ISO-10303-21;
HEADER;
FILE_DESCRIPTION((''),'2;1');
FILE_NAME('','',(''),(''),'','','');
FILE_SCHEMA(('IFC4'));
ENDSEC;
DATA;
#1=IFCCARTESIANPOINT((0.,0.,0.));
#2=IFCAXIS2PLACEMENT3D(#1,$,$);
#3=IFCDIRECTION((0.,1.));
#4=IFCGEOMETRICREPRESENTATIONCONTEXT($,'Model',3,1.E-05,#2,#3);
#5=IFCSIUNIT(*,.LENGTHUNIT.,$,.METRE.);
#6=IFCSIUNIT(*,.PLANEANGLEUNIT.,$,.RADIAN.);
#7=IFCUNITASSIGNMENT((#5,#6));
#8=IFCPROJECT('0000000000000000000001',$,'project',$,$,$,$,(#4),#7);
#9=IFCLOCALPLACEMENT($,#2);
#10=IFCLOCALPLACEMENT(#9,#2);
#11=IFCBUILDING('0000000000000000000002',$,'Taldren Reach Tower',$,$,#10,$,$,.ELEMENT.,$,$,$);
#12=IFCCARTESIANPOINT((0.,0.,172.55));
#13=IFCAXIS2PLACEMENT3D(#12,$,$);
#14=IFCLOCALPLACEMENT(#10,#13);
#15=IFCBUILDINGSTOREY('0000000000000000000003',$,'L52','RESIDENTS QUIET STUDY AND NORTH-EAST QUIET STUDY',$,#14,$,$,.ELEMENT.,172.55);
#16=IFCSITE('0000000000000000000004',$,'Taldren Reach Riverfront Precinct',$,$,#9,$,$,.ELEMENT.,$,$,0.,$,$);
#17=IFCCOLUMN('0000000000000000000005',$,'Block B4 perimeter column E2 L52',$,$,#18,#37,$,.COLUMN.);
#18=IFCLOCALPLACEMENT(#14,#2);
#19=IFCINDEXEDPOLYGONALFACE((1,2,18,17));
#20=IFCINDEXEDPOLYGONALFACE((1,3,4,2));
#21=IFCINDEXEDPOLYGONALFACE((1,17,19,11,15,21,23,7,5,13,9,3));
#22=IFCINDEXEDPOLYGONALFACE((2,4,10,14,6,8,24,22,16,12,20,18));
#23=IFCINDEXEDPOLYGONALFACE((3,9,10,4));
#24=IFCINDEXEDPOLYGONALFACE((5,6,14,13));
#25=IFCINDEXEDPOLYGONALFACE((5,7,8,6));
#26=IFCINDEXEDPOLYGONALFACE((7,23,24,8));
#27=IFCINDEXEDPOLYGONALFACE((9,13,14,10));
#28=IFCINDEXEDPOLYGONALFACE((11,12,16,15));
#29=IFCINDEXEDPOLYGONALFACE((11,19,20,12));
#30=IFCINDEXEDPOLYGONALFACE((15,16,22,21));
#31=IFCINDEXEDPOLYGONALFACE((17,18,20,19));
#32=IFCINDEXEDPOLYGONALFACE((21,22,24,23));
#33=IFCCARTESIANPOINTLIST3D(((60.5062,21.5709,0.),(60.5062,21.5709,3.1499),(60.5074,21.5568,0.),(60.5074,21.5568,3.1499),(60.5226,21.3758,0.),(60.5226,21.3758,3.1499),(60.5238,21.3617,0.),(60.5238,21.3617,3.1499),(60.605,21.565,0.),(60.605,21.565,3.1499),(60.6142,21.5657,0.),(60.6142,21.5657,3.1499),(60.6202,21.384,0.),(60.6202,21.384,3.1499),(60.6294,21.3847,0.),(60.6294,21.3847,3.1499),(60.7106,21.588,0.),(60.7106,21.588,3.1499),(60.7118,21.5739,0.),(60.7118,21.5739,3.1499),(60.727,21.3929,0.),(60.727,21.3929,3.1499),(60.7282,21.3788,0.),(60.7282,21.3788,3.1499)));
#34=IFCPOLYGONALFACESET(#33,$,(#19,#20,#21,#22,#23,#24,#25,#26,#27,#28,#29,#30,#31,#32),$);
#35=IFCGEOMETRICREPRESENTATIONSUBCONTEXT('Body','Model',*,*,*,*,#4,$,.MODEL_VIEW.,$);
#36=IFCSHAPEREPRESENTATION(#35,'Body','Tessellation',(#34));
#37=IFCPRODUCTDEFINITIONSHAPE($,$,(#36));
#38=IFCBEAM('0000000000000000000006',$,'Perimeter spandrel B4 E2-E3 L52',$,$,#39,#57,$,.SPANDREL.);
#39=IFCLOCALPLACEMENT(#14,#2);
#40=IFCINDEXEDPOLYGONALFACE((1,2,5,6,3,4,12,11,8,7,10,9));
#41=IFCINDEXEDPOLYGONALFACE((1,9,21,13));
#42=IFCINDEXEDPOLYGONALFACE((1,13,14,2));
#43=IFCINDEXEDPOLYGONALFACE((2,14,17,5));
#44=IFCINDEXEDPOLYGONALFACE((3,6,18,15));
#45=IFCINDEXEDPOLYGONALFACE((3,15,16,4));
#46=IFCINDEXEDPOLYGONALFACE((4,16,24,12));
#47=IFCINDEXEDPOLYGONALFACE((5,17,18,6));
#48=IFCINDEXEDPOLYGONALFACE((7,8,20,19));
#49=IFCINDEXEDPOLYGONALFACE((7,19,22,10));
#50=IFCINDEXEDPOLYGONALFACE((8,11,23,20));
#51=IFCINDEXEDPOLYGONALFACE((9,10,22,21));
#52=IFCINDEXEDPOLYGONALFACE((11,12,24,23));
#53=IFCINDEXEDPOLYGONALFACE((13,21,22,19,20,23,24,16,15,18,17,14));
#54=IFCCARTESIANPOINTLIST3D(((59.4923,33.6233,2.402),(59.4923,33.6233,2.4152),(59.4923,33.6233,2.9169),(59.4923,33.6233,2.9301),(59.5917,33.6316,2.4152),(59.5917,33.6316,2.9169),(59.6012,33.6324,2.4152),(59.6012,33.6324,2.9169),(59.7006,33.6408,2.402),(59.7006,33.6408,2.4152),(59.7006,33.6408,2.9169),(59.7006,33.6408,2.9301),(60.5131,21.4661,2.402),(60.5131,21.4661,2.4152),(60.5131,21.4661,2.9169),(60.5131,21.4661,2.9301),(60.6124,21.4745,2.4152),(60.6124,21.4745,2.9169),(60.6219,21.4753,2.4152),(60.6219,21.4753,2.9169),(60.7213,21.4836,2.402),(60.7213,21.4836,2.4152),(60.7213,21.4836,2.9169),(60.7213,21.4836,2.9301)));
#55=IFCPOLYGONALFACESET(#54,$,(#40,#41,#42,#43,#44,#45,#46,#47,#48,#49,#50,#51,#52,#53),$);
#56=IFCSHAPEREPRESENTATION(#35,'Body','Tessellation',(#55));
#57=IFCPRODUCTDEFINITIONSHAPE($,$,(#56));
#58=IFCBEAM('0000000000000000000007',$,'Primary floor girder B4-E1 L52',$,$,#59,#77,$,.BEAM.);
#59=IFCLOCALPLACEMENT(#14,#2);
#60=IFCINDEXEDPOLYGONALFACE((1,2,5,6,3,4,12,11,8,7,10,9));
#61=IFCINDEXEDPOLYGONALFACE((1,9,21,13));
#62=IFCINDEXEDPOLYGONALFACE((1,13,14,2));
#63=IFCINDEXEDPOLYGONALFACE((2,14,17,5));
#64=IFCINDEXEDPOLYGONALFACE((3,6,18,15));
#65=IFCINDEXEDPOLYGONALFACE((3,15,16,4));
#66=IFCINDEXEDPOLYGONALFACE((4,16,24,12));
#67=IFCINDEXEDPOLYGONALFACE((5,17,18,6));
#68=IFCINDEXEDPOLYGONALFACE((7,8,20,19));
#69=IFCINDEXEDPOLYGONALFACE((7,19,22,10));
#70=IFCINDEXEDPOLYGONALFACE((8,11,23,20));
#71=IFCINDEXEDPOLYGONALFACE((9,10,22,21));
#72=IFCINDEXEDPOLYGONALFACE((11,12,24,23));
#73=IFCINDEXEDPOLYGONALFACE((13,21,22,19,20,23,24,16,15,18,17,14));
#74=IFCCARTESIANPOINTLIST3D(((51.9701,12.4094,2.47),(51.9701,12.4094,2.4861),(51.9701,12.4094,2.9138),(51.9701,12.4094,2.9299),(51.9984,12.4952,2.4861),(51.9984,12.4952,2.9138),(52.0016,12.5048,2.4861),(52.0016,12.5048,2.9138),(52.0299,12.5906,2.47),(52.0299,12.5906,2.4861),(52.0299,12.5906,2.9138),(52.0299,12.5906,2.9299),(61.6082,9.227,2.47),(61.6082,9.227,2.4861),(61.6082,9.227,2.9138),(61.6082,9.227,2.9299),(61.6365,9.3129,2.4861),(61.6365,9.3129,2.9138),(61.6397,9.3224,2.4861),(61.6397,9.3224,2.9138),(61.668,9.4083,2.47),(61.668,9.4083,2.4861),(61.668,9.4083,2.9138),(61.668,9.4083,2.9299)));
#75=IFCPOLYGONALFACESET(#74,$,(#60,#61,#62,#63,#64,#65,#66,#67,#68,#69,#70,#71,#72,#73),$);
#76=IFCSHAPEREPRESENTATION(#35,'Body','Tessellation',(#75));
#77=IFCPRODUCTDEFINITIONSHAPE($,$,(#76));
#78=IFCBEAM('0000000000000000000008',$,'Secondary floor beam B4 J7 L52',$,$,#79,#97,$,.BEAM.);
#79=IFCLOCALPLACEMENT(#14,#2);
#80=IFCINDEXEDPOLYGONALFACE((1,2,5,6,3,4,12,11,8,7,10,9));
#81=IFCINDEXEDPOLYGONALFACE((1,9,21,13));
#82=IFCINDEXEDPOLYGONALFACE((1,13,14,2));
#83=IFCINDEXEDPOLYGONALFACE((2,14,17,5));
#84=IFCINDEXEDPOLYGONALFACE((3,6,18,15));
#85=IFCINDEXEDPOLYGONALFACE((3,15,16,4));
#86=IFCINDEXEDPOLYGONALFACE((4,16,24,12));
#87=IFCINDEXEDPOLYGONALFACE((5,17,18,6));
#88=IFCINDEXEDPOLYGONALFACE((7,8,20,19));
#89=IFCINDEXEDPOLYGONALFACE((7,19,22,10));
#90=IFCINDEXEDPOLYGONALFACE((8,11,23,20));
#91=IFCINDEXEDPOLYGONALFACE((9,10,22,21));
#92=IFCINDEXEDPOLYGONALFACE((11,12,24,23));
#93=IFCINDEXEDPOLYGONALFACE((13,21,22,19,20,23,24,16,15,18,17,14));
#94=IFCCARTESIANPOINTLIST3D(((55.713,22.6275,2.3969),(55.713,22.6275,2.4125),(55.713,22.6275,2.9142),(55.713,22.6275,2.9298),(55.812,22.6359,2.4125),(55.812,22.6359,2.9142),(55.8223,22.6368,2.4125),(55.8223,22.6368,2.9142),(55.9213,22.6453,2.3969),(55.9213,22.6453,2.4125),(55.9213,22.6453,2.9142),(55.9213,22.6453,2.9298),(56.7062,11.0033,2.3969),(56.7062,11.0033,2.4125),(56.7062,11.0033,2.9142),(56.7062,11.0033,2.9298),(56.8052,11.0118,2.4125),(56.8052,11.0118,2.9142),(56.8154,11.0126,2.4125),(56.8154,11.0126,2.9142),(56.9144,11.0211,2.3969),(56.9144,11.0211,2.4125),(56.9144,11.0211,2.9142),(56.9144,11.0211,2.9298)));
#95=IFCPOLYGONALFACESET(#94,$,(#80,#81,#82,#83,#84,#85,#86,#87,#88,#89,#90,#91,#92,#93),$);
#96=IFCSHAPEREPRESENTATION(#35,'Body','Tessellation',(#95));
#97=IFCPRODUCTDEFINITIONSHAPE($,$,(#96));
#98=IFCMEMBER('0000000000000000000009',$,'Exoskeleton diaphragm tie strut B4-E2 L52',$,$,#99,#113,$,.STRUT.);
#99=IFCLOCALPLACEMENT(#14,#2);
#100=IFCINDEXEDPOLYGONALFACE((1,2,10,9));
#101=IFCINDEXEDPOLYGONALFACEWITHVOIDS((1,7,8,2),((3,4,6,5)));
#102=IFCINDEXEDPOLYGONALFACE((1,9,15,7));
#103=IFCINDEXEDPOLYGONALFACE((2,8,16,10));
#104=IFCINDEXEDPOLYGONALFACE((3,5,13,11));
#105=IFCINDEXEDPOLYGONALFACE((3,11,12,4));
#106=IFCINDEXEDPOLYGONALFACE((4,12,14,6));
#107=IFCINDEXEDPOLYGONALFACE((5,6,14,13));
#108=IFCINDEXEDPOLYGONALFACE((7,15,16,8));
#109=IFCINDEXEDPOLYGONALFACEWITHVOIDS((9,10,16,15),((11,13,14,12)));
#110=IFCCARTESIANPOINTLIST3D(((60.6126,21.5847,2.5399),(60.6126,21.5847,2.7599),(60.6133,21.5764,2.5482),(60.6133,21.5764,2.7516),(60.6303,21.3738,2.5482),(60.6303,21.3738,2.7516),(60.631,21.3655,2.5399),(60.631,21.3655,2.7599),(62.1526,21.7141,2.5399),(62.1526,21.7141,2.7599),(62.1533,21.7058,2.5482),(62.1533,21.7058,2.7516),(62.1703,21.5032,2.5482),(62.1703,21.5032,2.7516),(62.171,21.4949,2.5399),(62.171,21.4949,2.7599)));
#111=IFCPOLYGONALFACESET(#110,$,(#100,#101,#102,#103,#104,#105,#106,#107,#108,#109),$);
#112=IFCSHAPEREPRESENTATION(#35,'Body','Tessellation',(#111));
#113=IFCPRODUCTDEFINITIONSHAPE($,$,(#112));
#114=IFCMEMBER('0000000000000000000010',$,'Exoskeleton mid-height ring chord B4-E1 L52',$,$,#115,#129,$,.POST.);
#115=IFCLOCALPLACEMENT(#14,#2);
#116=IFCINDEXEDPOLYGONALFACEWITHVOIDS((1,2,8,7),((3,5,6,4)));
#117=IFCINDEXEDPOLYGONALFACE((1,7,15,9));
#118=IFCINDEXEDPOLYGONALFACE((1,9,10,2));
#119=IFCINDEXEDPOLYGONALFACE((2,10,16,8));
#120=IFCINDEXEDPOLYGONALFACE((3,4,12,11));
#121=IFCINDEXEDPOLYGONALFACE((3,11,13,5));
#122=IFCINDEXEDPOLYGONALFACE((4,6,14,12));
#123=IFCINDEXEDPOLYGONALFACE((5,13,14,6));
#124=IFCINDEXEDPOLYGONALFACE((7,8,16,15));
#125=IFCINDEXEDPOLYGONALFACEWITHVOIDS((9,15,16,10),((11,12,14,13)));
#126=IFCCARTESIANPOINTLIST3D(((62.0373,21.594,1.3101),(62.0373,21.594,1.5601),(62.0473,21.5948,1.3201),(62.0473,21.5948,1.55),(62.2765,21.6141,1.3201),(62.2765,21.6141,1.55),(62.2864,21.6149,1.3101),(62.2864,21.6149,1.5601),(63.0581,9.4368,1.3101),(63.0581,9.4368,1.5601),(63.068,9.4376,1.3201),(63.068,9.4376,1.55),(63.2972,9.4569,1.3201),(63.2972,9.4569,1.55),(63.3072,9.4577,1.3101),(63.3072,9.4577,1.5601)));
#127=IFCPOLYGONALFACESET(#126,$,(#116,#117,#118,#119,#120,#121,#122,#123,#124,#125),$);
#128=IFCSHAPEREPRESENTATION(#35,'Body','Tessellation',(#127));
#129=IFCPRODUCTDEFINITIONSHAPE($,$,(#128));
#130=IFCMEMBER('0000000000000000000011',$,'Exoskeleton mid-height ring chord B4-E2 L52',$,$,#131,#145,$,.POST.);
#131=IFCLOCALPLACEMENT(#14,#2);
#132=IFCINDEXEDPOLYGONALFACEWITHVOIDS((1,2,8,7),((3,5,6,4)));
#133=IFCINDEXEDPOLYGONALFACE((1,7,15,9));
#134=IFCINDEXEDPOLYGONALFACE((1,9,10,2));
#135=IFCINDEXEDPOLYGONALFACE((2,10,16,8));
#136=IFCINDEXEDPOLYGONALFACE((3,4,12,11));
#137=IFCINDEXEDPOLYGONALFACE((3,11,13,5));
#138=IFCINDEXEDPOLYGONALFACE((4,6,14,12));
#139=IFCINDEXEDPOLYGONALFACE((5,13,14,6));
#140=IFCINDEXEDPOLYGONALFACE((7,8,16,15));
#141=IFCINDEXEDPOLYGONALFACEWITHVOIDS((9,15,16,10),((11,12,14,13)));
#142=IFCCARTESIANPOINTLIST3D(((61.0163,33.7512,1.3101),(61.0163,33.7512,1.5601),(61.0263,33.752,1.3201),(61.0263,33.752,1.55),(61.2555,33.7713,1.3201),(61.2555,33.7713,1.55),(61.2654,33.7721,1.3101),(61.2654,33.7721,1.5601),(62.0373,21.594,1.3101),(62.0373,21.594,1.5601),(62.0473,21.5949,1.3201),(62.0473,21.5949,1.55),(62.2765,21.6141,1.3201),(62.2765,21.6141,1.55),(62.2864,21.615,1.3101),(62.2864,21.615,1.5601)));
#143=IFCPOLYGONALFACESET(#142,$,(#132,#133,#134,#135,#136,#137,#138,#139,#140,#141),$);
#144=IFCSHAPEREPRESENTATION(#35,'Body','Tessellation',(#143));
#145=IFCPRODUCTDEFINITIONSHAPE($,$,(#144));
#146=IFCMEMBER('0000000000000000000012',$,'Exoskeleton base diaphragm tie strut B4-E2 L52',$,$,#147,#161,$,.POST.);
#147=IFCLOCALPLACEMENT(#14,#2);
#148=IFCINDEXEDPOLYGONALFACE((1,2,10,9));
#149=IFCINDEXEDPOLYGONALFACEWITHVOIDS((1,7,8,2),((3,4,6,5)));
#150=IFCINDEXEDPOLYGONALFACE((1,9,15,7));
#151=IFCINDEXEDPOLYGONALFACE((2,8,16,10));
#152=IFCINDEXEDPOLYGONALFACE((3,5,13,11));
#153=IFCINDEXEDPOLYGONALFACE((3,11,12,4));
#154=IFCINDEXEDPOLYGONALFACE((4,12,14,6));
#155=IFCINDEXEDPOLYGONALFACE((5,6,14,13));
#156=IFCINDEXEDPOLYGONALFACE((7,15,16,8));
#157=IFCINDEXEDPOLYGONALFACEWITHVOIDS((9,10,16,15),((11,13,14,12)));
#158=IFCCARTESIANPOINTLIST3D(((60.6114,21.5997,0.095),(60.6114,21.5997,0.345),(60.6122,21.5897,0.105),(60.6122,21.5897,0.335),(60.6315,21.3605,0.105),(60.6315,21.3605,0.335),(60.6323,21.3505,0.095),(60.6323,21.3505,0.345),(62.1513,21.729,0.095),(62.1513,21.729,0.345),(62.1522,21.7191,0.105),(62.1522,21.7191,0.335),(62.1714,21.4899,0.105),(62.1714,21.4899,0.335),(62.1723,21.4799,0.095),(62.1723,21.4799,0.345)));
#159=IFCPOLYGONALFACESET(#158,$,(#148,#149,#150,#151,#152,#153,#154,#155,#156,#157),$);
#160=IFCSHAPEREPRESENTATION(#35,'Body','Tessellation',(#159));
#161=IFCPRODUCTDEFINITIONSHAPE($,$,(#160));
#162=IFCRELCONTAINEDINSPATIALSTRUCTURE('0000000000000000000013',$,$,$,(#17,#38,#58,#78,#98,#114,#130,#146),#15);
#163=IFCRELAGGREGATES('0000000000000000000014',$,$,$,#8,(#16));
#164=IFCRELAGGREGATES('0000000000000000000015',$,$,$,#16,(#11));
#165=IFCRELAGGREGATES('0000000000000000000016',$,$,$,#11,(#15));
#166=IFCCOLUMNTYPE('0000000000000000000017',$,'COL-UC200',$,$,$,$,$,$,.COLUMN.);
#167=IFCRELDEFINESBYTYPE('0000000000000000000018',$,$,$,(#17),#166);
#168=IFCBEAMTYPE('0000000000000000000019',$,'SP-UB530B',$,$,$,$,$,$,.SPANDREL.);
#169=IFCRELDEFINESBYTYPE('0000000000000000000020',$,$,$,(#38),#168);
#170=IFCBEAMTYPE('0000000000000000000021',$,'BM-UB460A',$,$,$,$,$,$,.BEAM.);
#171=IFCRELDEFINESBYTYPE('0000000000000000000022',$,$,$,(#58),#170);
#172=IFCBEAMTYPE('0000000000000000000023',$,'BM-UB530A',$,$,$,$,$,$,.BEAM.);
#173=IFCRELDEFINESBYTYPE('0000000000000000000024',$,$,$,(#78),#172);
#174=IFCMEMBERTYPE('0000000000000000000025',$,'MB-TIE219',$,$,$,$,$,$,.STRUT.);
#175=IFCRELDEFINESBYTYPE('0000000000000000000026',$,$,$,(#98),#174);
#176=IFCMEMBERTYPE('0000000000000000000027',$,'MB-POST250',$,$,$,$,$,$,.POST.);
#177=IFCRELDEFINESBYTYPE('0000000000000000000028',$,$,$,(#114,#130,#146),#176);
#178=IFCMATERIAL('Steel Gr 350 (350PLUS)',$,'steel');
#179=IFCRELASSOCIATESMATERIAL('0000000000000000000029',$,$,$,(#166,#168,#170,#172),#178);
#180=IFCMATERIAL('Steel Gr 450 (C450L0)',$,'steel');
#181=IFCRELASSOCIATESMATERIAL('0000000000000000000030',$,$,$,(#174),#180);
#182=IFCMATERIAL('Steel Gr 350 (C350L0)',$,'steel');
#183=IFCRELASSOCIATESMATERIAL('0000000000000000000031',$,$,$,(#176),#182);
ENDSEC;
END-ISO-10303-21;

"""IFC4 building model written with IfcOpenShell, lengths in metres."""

from ifc_helpers import new_model, si_unit, direction, frame, origin, origin_2d, place, context, subcontext, project, spatial, hollow_rectangle, i_section, extrude, source, transform, mapped, material, material_profile, profile_set, type_object, element, save


model = new_model("IFC4")

# Units and contexts
model_context = context("Model", 3, precision=1e-05, world=origin(), true_north=direction((0.0, 1.0)))
body_context = subcontext(model_context, "Body", "Model", "MODEL_VIEW")
ifc_project = project(units=[si_unit("LENGTHUNIT", "METRE"), si_unit("PLANEANGLEUNIT", "RADIAN")], contexts=[model_context])

# Site, building, storey
site_placement = place(None, origin())
site = spatial("IfcSite", under=ifc_project, at=site_placement, Name="Taldren Reach Riverfront Precinct", CompositionType="ELEMENT", RefElevation=0.0)
building_placement = place(site_placement, origin())
building = spatial("IfcBuilding", under=site, at=building_placement, Name="Taldren Reach Tower", CompositionType="ELEMENT")
storey_placement = place(building_placement, frame((0.0, 0.0, 172.55)))
storey = spatial("IfcBuildingStorey", under=building, at=storey_placement, Name="L52", Description="RESIDENTS QUIET STUDY AND NORTH-EAST QUIET STUDY", CompositionType="ELEMENT", Elevation=172.55)

# Column
ifc_material_1 = material(Name="Steel Gr 350 (350PLUS)", Category="steel")
ifc_material_profile_1 = material_profile(ifc_material_1, i_section(OverallWidth=0.2051, OverallDepth=0.21, WebThickness=0.0093, FlangeThickness=0.0142, at=origin_2d()), Name="200UC59.5")
ifc_profile_set_1 = profile_set([ifc_material_profile_1], Name="Steel Gr 350 (350PLUS)")
column_type = type_object("IfcColumnType", Name="COL-UC200", PredefinedType="COLUMN", material=ifc_profile_set_1)
shared_shape_1 = source(origin(), body_context, "Body", "SweptSolid", [
    extrude(i_section(OverallWidth=0.2051, OverallDepth=0.21, WebThickness=0.0093, FlangeThickness=0.0142, at=origin_2d()), origin(), (0.0, 0.0, 1.0), 3.1499),
])
column_placement = place(storey_placement, frame((60.6172, 21.4749, 0.0), z_axis=(0.0, 0.0, 1.0), x_axis=(0.996493, 0.083678, 0.0)))
element("IfcColumn", 1, at=column_placement, inside=storey, type_object=column_type, Name="Block B4 perimeter column E2 L52", PredefinedType="COLUMN", context=body_context, shape_type="MappedRepresentation", body=[
    mapped(shared_shape_1, transform((0.0, 0.0, 0.0), scale=1.0)),
])

# Beams
ifc_material_profile_2 = material_profile(ifc_material_1, i_section(OverallWidth=0.209, OverallDepth=0.5281, WebThickness=0.0095, FlangeThickness=0.0132, at=origin_2d()), Name="530UB82.0")
ifc_profile_set_2 = profile_set([ifc_material_profile_2], Name="Steel Gr 350 (350PLUS)")
beam_type_1 = type_object("IfcBeamType", Name="SP-UB530B", PredefinedType="SPANDREL", material=ifc_profile_set_2)
shared_shape_2 = source(origin(), body_context, "Body", "SweptSolid", [
    extrude(i_section(OverallWidth=0.209, OverallDepth=0.5281, WebThickness=0.0095, FlangeThickness=0.0132, at=origin_2d()), origin(), (0.0, 0.0, 1.0), 12.2),
])
beam_1_placement = place(storey_placement, frame((60.6172, 21.4749, 2.666), z_axis=(-0.083668, 0.996494, 0.0), x_axis=(-0.996494, -0.083668, 0.0)))
element("IfcBeam", 2, at=beam_1_placement, inside=storey, type_object=beam_type_1, Name="Perimeter spandrel B4 E2-E3 L52", PredefinedType="SPANDREL", context=body_context, shape_type="MappedRepresentation", body=[
    mapped(shared_shape_2, transform((0.0, 0.0, 0.0), scale=1.0)),
])
ifc_material_profile_3 = material_profile(ifc_material_1, i_section(OverallWidth=0.1909, OverallDepth=0.46, WebThickness=0.01, FlangeThickness=0.0161, at=origin_2d()), Name="460UB82.1")
ifc_profile_set_3 = profile_set([ifc_material_profile_3], Name="Steel Gr 350 (350PLUS)")
beam_type_2 = type_object("IfcBeamType", Name="BM-UB460A", PredefinedType="BEAM", material=ifc_profile_set_3)
shared_shape_3 = source(origin(), body_context, "Body", "SweptSolid", [
    extrude(i_section(OverallWidth=0.1909, OverallDepth=0.46, WebThickness=0.01, FlangeThickness=0.0161, at=origin_2d()), origin(), (0.0, 0.0, 1.0), 10.1499),
])
beam_2_placement = place(storey_placement, frame((52.0, 12.5, 2.7), z_axis=(0.949577, -0.313535, 0.0), x_axis=(0.313535, 0.949577, 0.0)))
element("IfcBeam", 3, at=beam_2_placement, inside=storey, type_object=beam_type_2, Name="Primary floor girder B4-E1 L52", PredefinedType="BEAM", context=body_context, shape_type="MappedRepresentation", body=[
    mapped(shared_shape_3, transform((0.0, 0.0, 0.0), scale=1.0)),
])
ifc_material_profile_4 = material_profile(ifc_material_1, i_section(OverallWidth=0.209, OverallDepth=0.533, WebThickness=0.0103, FlangeThickness=0.0156, at=origin_2d()), Name="530UB92.4")
ifc_profile_set_4 = profile_set([ifc_material_profile_4], Name="Steel Gr 350 (350PLUS)")
beam_type_3 = type_object("IfcBeamType", Name="BM-UB530A", PredefinedType="BEAM", material=ifc_profile_set_4)
shared_shape_4 = source(origin(), body_context, "Body", "SweptSolid", [
    extrude(i_section(OverallWidth=0.209, OverallDepth=0.533, WebThickness=0.0103, FlangeThickness=0.0156, at=origin_2d()), origin(), (0.0, 0.0, 1.0), 11.6665),
])
beam_3_placement = place(storey_placement, frame((56.8103, 11.0122, 2.6633), z_axis=(-0.085129, 0.99637, 0.0), x_axis=(-0.99637, -0.085129, 0.0)))
element("IfcBeam", 4, at=beam_3_placement, inside=storey, type_object=beam_type_3, Name="Secondary floor beam B4 J7 L52", PredefinedType="BEAM", context=body_context, shape_type="MappedRepresentation", body=[
    mapped(shared_shape_4, transform((0.0, 0.0, 0.0), scale=1.0)),
])

# Members
ifc_material_2 = material(Name="Steel Gr 450 (C450L0)", Category="steel")
ifc_material_profile_5 = material_profile(ifc_material_2, hollow_rectangle(XDim=0.22, YDim=0.22, WallThickness=0.0083, at=origin_2d()), Name="220x220x8.2SHS")
ifc_profile_set_5 = profile_set([ifc_material_profile_5], Name="Steel Gr 450 (C450L0)")
member_type_1 = type_object("IfcMemberType", Name="MB-TIE219", PredefinedType="STRUT", material=ifc_profile_set_5)
shared_shape_5 = source(origin(), body_context, "Body", "SweptSolid", [
    extrude(hollow_rectangle(XDim=0.22, YDim=0.22, WallThickness=0.0083, at=origin_2d()), origin(), (0.0, 0.0, 1.0), 1.5454),
])
member_1_placement = place(storey_placement, frame((60.6218, 21.4751, 2.6499), z_axis=(0.996489, 0.083725, 0.0), x_axis=(-0.083725, 0.996489, 0.0)))
element("IfcMember", 5, at=member_1_placement, inside=storey, type_object=member_type_1, Name="Exoskeleton diaphragm tie strut B4-E2 L52", PredefinedType="STRUT", context=body_context, shape_type="MappedRepresentation", body=[
    mapped(shared_shape_5, transform((0.0, 0.0, 0.0), scale=1.0)),
])
ifc_material_3 = material(Name="Steel Gr 350 (C350L0)", Category="steel")
ifc_material_profile_6 = material_profile(ifc_material_3, hollow_rectangle(XDim=0.25, YDim=0.25, WallThickness=0.01, at=origin_2d()), Name="250x250x10.0SHS")
ifc_profile_set_6 = profile_set([ifc_material_profile_6], Name="Steel Gr 350 (C350L0)")
member_type_2 = type_object("IfcMemberType", Name="MB-POST250", PredefinedType="POST", material=ifc_profile_set_6)
shared_shape_6 = source(origin(), body_context, "Body", "SweptSolid", [
    extrude(hollow_rectangle(XDim=0.25, YDim=0.25, WallThickness=0.01, at=origin_2d()), origin(), (0.0, 0.0, 1.0), 12.2),
])
for number, where, z_axis, x_axis, name in (
    (6, (63.1826, 9.4473, 1.4351), (-0.083668, 0.996494, 0.0), (-0.996494, -0.083668, 0.0), "Exoskeleton mid-height ring chord B4-E1 L52"),
    (7, (62.1619, 21.6045, 1.4351), (-0.083688, 0.996492, 0.0), (-0.996492, -0.083688, 0.0), "Exoskeleton mid-height ring chord B4-E2 L52"),
):
    element("IfcMember", number, at=place(storey_placement, frame(where, z_axis=z_axis, x_axis=x_axis)), inside=storey, type_object=member_type_2, Name=name, PredefinedType="POST", context=body_context, shape_type="MappedRepresentation", body=[
        mapped(shared_shape_6, transform((0.0, 0.0, 0.0), scale=1.0)),
    ])
shared_shape_7 = source(origin(), body_context, "Body", "SweptSolid", [
    extrude(hollow_rectangle(XDim=0.25, YDim=0.25, WallThickness=0.01, at=origin_2d()), origin(), (0.0, 0.0, 1.0), 1.5454),
])
for number, where, z_axis, x_axis, name in (
    (8, (60.6218, 21.4751, 0.22), (0.996489, 0.083725, 0.0), (-0.083725, 0.996489, 0.0), "Exoskeleton base diaphragm tie strut B4-E2 L52"),
):
    element("IfcMember", number, at=place(storey_placement, frame(where, z_axis=z_axis, x_axis=x_axis)), inside=storey, type_object=member_type_2, Name=name, PredefinedType="POST", context=body_context, shape_type="MappedRepresentation", body=[
        mapped(shared_shape_7, transform((0.0, 0.0, 0.0), scale=1.0)),
    ])

save(model, "model.ifc")
